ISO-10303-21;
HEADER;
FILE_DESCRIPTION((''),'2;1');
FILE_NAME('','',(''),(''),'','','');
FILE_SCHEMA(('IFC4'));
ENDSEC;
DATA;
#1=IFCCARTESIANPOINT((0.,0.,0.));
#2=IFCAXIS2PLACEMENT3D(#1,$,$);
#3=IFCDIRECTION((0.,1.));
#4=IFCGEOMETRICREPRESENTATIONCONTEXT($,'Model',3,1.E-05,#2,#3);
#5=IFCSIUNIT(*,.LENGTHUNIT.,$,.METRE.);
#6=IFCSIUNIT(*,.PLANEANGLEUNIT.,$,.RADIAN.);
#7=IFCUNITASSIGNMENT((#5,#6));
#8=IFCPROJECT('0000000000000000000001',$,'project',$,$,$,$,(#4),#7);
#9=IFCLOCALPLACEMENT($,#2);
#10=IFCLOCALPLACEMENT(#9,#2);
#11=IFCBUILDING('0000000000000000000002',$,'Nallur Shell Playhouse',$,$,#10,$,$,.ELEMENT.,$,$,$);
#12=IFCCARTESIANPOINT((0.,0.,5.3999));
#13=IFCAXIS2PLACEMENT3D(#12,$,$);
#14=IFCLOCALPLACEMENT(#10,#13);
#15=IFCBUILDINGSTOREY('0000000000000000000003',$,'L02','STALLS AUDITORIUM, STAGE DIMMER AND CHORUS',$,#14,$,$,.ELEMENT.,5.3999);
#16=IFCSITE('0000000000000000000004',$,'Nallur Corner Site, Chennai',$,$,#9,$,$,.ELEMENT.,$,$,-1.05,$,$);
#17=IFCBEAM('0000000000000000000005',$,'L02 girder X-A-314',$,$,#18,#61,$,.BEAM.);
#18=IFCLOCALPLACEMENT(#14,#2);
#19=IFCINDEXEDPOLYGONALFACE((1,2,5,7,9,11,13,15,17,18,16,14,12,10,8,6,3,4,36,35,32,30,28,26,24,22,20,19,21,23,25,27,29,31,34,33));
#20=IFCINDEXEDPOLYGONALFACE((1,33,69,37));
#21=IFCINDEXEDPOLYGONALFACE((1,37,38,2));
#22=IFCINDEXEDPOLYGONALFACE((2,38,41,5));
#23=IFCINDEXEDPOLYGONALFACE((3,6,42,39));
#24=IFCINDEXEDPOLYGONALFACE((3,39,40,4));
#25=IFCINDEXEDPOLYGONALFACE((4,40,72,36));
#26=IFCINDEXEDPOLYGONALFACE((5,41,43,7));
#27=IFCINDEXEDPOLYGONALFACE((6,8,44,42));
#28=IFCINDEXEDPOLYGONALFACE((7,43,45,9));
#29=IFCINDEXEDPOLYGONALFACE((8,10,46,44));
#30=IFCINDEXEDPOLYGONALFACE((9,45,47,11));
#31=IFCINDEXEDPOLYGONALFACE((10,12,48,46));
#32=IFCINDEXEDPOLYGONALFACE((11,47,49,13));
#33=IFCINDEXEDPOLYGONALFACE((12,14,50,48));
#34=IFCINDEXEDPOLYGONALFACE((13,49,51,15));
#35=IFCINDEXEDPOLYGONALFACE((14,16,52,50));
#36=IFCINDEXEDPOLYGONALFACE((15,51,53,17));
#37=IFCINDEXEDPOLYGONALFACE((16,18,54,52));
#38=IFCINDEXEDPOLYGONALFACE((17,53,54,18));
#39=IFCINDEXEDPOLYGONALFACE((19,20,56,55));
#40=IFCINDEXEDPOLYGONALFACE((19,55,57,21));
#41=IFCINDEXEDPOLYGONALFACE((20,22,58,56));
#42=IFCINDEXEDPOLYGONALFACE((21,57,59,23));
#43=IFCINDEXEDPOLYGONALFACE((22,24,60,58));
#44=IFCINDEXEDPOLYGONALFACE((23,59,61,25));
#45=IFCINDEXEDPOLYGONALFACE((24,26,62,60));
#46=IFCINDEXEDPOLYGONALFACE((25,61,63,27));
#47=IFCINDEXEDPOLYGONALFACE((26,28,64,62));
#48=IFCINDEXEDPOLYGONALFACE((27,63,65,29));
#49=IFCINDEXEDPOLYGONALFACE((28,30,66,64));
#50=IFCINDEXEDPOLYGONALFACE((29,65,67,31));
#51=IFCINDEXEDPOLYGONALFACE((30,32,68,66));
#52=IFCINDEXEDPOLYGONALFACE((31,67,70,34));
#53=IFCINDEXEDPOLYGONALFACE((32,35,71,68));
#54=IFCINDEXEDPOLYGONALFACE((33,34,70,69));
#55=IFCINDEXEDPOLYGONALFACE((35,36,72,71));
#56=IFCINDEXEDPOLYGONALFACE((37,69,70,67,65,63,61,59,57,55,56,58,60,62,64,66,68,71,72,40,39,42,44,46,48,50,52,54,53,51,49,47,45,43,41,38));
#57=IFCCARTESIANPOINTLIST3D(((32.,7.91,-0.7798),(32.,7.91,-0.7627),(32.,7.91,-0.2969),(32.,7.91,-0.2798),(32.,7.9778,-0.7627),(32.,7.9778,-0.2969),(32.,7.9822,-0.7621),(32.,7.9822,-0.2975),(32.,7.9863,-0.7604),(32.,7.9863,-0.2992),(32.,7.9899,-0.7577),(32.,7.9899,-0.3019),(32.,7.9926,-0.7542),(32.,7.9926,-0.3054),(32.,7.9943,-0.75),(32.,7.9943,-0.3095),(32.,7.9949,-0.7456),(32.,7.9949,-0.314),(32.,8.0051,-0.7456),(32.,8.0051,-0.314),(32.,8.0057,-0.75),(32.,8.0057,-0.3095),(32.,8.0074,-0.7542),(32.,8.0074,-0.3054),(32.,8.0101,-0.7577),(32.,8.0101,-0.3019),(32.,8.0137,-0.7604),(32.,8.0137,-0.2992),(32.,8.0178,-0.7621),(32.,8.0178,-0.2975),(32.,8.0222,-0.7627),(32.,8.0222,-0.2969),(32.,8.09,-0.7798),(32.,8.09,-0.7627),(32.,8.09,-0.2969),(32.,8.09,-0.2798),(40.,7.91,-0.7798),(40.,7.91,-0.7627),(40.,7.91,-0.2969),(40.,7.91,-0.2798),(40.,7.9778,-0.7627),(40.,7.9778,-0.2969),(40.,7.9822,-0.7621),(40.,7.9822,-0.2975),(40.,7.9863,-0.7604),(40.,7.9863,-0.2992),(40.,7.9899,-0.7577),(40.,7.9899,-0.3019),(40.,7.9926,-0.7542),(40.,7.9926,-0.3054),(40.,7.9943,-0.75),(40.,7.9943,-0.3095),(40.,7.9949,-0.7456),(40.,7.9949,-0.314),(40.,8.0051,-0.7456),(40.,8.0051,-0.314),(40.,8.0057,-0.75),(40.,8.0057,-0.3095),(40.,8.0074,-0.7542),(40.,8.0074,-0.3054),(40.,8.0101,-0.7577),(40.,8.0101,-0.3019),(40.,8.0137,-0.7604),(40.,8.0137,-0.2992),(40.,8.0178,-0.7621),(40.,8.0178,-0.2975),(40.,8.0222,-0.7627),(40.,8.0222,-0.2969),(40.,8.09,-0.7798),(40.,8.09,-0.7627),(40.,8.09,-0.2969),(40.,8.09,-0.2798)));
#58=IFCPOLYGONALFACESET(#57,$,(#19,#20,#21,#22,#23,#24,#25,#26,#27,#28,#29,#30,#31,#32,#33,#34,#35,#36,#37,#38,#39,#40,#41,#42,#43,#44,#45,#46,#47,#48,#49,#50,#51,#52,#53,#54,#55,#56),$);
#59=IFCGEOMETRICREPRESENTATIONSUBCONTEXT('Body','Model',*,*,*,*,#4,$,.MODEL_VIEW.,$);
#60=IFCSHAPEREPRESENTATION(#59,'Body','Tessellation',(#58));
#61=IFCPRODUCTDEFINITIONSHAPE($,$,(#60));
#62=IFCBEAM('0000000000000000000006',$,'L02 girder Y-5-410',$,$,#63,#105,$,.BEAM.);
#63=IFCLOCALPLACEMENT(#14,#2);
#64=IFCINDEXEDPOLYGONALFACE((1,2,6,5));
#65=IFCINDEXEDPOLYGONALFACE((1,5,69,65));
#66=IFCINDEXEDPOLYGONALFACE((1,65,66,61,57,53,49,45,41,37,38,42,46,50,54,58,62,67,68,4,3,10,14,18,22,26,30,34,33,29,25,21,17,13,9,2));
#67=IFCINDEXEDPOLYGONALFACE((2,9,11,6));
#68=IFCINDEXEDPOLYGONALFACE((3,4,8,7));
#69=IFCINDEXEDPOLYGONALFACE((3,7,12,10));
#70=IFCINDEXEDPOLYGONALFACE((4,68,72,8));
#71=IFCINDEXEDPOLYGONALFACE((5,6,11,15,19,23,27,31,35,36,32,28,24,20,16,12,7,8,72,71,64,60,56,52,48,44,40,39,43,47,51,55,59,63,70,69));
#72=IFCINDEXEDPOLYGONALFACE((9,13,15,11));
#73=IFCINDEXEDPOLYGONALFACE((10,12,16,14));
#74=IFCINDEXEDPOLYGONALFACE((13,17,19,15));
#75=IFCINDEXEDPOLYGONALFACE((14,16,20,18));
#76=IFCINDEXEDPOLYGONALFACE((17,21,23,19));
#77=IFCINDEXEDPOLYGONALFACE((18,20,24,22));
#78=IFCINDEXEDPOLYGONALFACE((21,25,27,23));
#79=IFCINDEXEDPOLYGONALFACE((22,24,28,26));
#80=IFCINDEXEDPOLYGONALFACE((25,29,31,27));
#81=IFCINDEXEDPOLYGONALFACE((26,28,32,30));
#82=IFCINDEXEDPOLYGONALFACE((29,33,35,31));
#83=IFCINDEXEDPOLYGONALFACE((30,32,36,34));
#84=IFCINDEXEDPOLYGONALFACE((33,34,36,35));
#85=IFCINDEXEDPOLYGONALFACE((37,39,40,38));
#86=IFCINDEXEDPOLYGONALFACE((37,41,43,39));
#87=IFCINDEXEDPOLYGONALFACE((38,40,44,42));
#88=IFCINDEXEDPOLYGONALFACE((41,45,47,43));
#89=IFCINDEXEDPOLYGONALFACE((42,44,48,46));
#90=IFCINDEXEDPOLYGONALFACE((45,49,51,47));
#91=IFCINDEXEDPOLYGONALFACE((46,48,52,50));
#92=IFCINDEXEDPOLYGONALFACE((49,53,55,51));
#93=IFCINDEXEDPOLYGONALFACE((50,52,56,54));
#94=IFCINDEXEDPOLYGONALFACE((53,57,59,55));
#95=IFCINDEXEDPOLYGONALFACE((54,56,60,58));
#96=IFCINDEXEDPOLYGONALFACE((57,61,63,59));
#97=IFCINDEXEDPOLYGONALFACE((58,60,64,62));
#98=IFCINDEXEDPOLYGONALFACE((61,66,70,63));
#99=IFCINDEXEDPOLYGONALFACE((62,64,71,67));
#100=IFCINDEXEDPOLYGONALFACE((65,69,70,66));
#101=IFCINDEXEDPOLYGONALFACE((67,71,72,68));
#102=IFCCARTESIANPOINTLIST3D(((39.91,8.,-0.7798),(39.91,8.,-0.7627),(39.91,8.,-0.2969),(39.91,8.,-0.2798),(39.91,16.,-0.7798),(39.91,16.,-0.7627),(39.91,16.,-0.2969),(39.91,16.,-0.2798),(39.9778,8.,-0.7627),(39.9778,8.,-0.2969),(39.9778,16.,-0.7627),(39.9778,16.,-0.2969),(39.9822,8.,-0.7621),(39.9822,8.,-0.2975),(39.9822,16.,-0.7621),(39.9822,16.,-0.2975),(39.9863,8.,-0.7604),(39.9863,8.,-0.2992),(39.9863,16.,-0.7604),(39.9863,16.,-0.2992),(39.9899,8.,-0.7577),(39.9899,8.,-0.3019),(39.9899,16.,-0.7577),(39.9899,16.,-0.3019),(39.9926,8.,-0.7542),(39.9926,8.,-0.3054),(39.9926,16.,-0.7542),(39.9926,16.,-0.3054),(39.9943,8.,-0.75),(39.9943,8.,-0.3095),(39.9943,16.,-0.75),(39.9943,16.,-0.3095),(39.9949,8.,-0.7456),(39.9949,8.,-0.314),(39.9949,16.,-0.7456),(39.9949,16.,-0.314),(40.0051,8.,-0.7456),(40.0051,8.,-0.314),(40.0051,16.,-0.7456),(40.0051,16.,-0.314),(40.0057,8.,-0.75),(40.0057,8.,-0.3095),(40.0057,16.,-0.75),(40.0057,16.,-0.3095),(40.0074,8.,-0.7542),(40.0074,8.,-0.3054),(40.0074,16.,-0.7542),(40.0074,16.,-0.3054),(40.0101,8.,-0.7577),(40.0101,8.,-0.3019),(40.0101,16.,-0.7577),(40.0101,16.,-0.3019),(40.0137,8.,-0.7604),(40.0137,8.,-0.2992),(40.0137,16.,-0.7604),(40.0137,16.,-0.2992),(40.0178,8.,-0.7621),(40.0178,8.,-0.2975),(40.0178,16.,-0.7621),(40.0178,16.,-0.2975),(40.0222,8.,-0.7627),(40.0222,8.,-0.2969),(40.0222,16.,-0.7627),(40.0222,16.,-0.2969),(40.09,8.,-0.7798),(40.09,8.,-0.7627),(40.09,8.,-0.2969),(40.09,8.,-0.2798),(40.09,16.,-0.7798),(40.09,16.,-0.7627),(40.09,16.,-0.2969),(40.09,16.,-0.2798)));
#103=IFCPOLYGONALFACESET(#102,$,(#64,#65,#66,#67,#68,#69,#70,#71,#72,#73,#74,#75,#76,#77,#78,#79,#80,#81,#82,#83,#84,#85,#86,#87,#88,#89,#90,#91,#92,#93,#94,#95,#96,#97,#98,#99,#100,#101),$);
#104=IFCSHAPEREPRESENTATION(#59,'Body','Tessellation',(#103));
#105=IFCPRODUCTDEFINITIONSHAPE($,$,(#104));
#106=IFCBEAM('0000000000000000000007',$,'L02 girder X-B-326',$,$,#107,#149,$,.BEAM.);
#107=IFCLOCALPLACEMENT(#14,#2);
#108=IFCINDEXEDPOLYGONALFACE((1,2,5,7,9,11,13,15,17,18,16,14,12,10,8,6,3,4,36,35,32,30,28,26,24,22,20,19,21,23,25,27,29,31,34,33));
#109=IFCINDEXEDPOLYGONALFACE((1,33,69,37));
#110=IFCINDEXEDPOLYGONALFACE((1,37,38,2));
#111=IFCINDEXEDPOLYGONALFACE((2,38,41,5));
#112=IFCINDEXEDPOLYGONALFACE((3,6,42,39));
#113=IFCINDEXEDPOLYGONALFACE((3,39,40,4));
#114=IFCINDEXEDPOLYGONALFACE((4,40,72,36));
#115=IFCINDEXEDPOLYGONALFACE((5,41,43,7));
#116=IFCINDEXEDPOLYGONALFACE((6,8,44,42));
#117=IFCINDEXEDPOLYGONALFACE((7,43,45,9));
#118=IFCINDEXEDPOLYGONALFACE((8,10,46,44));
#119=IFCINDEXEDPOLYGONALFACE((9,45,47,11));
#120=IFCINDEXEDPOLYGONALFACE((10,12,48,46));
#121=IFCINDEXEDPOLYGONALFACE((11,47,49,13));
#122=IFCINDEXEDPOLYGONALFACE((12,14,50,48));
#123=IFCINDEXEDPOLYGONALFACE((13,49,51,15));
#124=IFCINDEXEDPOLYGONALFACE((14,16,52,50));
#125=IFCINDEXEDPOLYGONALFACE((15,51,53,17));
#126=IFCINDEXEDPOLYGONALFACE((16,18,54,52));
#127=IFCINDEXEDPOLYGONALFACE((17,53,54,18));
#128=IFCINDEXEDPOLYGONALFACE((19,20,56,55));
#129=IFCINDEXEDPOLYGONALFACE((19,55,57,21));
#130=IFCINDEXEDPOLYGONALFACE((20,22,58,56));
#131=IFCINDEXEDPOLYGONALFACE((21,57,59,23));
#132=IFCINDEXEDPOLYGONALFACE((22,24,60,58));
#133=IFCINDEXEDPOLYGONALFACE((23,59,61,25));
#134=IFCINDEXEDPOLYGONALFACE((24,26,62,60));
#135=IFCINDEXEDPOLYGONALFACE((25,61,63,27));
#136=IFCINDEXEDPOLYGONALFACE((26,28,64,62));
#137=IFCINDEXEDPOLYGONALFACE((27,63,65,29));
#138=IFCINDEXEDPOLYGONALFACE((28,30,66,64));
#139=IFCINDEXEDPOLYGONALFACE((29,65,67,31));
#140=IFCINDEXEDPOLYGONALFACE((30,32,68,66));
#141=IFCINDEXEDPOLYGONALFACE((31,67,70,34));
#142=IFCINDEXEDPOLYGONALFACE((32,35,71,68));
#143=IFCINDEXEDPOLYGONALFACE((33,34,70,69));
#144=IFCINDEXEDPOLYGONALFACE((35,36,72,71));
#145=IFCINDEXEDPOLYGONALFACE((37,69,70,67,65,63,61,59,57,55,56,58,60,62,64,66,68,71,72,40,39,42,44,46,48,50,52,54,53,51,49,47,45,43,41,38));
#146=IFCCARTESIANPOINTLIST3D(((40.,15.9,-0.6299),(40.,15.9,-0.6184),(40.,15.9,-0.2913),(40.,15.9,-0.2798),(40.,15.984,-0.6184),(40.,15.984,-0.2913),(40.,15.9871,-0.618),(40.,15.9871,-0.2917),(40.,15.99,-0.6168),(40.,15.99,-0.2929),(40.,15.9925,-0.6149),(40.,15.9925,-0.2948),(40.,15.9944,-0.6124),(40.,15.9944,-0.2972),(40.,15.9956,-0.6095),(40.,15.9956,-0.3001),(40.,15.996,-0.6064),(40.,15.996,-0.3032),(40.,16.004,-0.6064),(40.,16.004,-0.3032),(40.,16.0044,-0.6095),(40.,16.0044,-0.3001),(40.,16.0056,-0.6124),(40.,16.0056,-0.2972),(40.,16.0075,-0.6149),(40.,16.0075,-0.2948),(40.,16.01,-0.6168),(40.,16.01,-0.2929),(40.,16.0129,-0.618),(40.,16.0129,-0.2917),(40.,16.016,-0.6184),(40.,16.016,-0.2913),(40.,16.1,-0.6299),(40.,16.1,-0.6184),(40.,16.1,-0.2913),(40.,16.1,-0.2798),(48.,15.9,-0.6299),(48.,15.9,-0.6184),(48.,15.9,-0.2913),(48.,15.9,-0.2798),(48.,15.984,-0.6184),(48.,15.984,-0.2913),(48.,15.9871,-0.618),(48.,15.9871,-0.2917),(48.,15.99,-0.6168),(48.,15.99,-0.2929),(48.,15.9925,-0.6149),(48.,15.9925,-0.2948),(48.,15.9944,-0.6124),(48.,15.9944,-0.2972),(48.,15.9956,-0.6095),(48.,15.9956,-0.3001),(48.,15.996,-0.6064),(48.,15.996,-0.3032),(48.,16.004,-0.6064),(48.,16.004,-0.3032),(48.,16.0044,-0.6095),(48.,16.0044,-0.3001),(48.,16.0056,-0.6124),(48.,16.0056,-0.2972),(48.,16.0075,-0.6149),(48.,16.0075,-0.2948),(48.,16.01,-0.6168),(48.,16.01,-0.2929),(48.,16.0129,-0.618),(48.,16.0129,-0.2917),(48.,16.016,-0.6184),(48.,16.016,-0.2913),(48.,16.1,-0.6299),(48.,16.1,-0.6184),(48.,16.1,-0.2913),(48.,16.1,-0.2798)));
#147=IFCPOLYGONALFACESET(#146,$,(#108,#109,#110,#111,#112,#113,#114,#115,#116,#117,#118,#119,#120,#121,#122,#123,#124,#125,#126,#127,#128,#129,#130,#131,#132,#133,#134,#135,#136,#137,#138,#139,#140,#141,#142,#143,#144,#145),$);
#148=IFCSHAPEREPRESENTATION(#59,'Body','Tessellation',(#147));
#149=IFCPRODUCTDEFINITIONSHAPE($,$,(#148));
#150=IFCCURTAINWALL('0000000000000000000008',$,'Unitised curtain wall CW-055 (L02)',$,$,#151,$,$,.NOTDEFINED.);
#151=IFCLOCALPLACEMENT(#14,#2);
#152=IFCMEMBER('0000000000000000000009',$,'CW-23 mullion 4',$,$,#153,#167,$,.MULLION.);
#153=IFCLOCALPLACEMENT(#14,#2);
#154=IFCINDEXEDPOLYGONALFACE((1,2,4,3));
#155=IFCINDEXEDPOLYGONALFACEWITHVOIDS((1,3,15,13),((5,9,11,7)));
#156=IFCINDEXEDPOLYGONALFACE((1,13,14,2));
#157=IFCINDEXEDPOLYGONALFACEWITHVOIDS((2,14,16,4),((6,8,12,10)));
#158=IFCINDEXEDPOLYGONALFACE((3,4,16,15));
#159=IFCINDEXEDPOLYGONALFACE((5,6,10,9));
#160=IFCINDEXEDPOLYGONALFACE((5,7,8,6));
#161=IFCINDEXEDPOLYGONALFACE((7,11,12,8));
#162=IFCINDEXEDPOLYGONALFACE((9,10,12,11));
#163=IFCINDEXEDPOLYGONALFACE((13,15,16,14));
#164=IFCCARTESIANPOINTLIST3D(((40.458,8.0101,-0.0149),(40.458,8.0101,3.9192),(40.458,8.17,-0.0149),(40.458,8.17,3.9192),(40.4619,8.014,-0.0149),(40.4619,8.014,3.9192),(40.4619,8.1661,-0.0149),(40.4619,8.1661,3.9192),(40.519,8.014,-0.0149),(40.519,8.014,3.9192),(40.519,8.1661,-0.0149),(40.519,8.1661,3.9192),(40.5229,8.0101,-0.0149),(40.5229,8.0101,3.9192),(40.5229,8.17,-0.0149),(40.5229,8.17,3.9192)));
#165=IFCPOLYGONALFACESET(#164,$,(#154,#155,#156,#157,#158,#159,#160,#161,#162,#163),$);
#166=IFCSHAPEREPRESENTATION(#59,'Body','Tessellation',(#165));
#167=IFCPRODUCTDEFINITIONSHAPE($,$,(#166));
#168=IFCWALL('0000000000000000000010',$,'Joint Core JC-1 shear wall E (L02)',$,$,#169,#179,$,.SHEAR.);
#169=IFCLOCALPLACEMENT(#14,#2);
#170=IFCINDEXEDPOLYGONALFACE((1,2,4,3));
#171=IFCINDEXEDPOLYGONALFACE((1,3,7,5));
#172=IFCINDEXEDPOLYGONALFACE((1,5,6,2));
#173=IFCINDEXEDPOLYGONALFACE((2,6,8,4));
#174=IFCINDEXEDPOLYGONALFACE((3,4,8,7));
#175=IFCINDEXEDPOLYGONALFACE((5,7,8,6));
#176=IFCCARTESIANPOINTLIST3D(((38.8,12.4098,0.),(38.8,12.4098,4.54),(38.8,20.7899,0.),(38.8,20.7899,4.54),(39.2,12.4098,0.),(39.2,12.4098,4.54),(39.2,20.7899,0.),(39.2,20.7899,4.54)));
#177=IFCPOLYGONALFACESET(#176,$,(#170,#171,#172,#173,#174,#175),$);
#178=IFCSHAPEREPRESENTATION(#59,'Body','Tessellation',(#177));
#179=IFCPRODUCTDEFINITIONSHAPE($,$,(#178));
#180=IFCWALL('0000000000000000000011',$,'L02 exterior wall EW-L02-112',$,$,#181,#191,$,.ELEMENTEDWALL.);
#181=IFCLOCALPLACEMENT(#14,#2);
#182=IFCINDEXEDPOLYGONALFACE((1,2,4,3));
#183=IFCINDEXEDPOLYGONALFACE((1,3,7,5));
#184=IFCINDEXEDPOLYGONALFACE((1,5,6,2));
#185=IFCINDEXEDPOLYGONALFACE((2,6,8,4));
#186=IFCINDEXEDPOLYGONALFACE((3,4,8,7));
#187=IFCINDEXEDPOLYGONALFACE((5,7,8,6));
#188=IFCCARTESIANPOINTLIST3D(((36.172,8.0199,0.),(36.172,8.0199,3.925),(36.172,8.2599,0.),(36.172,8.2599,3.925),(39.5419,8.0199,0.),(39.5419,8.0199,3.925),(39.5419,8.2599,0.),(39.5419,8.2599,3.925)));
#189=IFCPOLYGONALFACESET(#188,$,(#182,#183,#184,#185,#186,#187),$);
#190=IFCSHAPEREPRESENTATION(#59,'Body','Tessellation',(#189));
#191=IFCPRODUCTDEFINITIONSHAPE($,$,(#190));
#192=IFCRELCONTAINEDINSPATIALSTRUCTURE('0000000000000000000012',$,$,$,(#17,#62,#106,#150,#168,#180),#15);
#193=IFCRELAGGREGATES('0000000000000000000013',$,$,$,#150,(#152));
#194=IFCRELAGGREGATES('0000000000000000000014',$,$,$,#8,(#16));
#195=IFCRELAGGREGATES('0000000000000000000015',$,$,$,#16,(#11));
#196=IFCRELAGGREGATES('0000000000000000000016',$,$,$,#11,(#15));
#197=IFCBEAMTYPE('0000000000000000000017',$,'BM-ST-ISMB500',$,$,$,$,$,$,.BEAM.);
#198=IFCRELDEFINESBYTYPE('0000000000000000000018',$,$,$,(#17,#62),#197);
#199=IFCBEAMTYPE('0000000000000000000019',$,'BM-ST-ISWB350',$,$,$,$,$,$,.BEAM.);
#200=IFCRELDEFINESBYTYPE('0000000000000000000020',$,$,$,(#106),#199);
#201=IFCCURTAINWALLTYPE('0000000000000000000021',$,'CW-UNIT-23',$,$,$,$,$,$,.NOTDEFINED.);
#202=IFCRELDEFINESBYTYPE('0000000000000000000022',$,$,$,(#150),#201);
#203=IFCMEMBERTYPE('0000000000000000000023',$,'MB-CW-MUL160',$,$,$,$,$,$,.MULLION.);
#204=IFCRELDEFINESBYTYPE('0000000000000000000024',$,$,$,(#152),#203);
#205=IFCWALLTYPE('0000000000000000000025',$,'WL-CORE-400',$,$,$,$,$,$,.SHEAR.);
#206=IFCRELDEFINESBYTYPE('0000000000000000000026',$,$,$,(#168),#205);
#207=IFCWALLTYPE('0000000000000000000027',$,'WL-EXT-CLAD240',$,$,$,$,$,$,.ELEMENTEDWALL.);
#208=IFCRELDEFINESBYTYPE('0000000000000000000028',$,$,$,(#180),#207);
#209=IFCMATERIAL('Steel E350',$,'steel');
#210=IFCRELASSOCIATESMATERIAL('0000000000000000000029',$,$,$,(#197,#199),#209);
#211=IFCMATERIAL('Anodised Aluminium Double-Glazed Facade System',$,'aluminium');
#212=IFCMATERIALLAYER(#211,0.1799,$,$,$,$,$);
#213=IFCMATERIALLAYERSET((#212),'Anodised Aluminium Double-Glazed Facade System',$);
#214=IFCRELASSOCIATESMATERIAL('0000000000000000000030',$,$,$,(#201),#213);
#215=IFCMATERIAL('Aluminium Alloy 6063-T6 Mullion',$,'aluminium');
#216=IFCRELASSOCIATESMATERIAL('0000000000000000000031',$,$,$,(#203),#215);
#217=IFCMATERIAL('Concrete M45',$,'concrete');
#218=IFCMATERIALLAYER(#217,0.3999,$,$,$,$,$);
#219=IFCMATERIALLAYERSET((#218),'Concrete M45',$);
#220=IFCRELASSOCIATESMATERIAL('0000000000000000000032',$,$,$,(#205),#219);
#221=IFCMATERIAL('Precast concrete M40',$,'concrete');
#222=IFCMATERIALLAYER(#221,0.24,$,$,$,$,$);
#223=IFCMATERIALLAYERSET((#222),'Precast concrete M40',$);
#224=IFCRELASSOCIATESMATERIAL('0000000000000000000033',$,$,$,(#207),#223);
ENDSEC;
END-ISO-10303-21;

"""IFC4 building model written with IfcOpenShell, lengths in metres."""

from ifc_helpers import new_model, si_unit, direction, frame, frame_2d, origin, origin_2d, place, context, subcontext, project, spatial, rectangle, hollow_rectangle, i_section, extrude, material, layer, layer_set, material_profile, profile_set, type_object, element, aggregate, save


model = new_model("IFC4")

# Units and contexts
model_context = context("Model", 3, precision=1e-05, world=origin(), true_north=direction((0.0, 1.0)))
body_context = subcontext(model_context, "Body", "Model", "MODEL_VIEW")
ifc_project = project(units=[si_unit("LENGTHUNIT", "METRE"), si_unit("PLANEANGLEUNIT", "RADIAN")], contexts=[model_context])

# Site, building, storey
site_placement = place(None, origin())
site = spatial("IfcSite", under=ifc_project, at=site_placement, Name="Nallur Corner Site, Chennai", CompositionType="ELEMENT", RefElevation=-1.05)
building_placement = place(site_placement, origin())
building = spatial("IfcBuilding", under=site, at=building_placement, Name="Nallur Shell Playhouse", CompositionType="ELEMENT")
storey_placement = place(building_placement, frame((0.0, 0.0, 5.3999)))
storey = spatial("IfcBuildingStorey", under=building, at=storey_placement, Name="L02", Description="STALLS AUDITORIUM, STAGE DIMMER AND CHORUS", CompositionType="ELEMENT", Elevation=5.3999)

# Beams
ifc_material_1 = material(Name="Steel E350", Category="steel")
ifc_material_profile_1 = material_profile(ifc_material_1, i_section(OverallWidth=0.1799, OverallDepth=0.5, WebThickness=0.0103, FlangeThickness=0.0171, FilletRadius=0.0171, at=origin_2d()), Name="ISMB 500")
ifc_profile_set_1 = profile_set([ifc_material_profile_1], Name="Steel E350")
beam_type_1 = type_object("IfcBeamType", Name="BM-ST-ISMB500", PredefinedType="BEAM", material=ifc_profile_set_1)
for number, where, z_axis, x_axis, name in (
    (1, (32.0, 8.0, -0.5298), (1.0, 0.0, 0.0), (0.0, 1.0, 0.0), "L02 girder X-A-314"),
    (2, (40.0, 8.0, -0.5298), (0.0, 1.0, 0.0), (-1.0, 0.0, 0.0), "L02 girder Y-5-410"),
):
    element("IfcBeam", number, at=place(storey_placement, frame(where, z_axis=z_axis, x_axis=x_axis)), inside=storey, type_object=beam_type_1, Name=name, PredefinedType="BEAM", context=body_context, shape_type="SweptSolid", body=[
        extrude(i_section(OverallWidth=0.1799, OverallDepth=0.5, WebThickness=0.0103, FlangeThickness=0.0171, FilletRadius=0.0171, at=origin_2d()), origin(), (0.0, 0.0, 1.0), 8.0),
    ])
ifc_material_profile_2 = material_profile(ifc_material_1, i_section(OverallWidth=0.2, OverallDepth=0.3501, WebThickness=0.0081, FlangeThickness=0.0115, FilletRadius=0.012, at=origin_2d()), Name="ISWB 350")
ifc_profile_set_2 = profile_set([ifc_material_profile_2], Name="Steel E350")
beam_type_2 = type_object("IfcBeamType", Name="BM-ST-ISWB350", PredefinedType="BEAM", material=ifc_profile_set_2)
beam_1_placement = place(storey_placement, frame((40.0, 16.0, -0.4548), z_axis=(1.0, 0.0, 0.0), x_axis=(0.0, 1.0, 0.0)))
element("IfcBeam", 3, at=beam_1_placement, inside=storey, type_object=beam_type_2, Name="L02 girder X-B-326", PredefinedType="BEAM", context=body_context, shape_type="SweptSolid", body=[
    extrude(i_section(OverallWidth=0.2, OverallDepth=0.3501, WebThickness=0.0081, FlangeThickness=0.0115, FilletRadius=0.012, at=origin_2d()), origin(), (0.0, 0.0, 1.0), 8.0),
])

# Curtain wall, member
ifc_material_2 = material(Name="Anodised Aluminium Double-Glazed Facade System", Category="aluminium")
ifc_layer_1 = layer(ifc_material_2, 0.1799)
ifc_layer_set_1 = layer_set([ifc_layer_1], Name="Anodised Aluminium Double-Glazed Facade System")
curtain_wall_type = type_object("IfcCurtainWallType", Name="CW-UNIT-23", PredefinedType="NOTDEFINED", material=ifc_layer_set_1)
curtain_wall_placement = place(storey_placement, origin())
curtain_wall = element("IfcCurtainWall", 4, at=curtain_wall_placement, inside=storey, type_object=curtain_wall_type, Name="Unitised curtain wall CW-055 (L02)", PredefinedType="NOTDEFINED")
ifc_material_3 = material(Name="Aluminium Alloy 6063-T6 Mullion", Category="aluminium")
ifc_material_profile_3 = material_profile(ifc_material_3, hollow_rectangle(XDim=0.0649, YDim=0.1599, WallThickness=0.0039, at=origin_2d()), Name="ALU 65x160x4")
ifc_profile_set_3 = profile_set([ifc_material_profile_3], Name="Aluminium Alloy 6063-T6 Mullion")
member_type = type_object("IfcMemberType", Name="MB-CW-MUL160", PredefinedType="MULLION", material=ifc_profile_set_3)
member_placement = place(storey_placement, frame((40.4905, 8.0901, -0.0149), z_axis=(0.0, 0.0, 1.0), x_axis=(-1.0, 0.0, 0.0)))
member = element("IfcMember", 5, at=member_placement, type_object=member_type, Name="CW-23 mullion 4", PredefinedType="MULLION", context=body_context, shape_type="SweptSolid", body=[
    extrude(hollow_rectangle(XDim=0.0649, YDim=0.1599, WallThickness=0.0039, at=origin_2d()), origin(), (0.0, 0.0, 1.0), 3.9341),
])
aggregate(curtain_wall, [member])

# Walls
ifc_material_4 = material(Name="Concrete M45", Category="concrete")
ifc_layer_2 = layer(ifc_material_4, 0.3999)
ifc_layer_set_2 = layer_set([ifc_layer_2], Name="Concrete M45")
wall_type_1 = type_object("IfcWallType", Name="WL-CORE-400", PredefinedType="SHEAR", material=ifc_layer_set_2)
wall_1_placement = place(storey_placement, frame((39.0, 12.4099, 0.0), z_axis=(0.0, 0.0, 1.0), x_axis=(0.0, 1.0, 0.0)))
element("IfcWall", 6, at=wall_1_placement, inside=storey, type_object=wall_type_1, Name="Joint Core JC-1 shear wall E (L02)", PredefinedType="SHEAR", context=body_context, shape_type="SweptSolid", body=[
    extrude(rectangle(XDim=8.3801, YDim=0.3999, at=frame_2d((4.1899, 0.0))), origin(), (0.0, 0.0, 1.0), 4.54),
])
ifc_material_5 = material(Name="Precast concrete M40", Category="concrete")
ifc_layer_3 = layer(ifc_material_5, 0.24)
ifc_layer_set_3 = layer_set([ifc_layer_3], Name="Precast concrete M40")
wall_type_2 = type_object("IfcWallType", Name="WL-EXT-CLAD240", PredefinedType="ELEMENTEDWALL", material=ifc_layer_set_3)
wall_2_placement = place(storey_placement, frame((39.542, 8.1399, 0.0), z_axis=(0.0, 0.0, 1.0), x_axis=(-1.0, 0.0, 0.0)))
element("IfcWall", 7, at=wall_2_placement, inside=storey, type_object=wall_type_2, Name="L02 exterior wall EW-L02-112", PredefinedType="ELEMENTEDWALL", context=body_context, shape_type="SweptSolid", body=[
    extrude(rectangle(XDim=3.3699, YDim=0.24, at=frame_2d((1.6851, 0.0))), origin(), (0.0, 0.0, 1.0), 3.925),
])

save(model, "model.ifc")
